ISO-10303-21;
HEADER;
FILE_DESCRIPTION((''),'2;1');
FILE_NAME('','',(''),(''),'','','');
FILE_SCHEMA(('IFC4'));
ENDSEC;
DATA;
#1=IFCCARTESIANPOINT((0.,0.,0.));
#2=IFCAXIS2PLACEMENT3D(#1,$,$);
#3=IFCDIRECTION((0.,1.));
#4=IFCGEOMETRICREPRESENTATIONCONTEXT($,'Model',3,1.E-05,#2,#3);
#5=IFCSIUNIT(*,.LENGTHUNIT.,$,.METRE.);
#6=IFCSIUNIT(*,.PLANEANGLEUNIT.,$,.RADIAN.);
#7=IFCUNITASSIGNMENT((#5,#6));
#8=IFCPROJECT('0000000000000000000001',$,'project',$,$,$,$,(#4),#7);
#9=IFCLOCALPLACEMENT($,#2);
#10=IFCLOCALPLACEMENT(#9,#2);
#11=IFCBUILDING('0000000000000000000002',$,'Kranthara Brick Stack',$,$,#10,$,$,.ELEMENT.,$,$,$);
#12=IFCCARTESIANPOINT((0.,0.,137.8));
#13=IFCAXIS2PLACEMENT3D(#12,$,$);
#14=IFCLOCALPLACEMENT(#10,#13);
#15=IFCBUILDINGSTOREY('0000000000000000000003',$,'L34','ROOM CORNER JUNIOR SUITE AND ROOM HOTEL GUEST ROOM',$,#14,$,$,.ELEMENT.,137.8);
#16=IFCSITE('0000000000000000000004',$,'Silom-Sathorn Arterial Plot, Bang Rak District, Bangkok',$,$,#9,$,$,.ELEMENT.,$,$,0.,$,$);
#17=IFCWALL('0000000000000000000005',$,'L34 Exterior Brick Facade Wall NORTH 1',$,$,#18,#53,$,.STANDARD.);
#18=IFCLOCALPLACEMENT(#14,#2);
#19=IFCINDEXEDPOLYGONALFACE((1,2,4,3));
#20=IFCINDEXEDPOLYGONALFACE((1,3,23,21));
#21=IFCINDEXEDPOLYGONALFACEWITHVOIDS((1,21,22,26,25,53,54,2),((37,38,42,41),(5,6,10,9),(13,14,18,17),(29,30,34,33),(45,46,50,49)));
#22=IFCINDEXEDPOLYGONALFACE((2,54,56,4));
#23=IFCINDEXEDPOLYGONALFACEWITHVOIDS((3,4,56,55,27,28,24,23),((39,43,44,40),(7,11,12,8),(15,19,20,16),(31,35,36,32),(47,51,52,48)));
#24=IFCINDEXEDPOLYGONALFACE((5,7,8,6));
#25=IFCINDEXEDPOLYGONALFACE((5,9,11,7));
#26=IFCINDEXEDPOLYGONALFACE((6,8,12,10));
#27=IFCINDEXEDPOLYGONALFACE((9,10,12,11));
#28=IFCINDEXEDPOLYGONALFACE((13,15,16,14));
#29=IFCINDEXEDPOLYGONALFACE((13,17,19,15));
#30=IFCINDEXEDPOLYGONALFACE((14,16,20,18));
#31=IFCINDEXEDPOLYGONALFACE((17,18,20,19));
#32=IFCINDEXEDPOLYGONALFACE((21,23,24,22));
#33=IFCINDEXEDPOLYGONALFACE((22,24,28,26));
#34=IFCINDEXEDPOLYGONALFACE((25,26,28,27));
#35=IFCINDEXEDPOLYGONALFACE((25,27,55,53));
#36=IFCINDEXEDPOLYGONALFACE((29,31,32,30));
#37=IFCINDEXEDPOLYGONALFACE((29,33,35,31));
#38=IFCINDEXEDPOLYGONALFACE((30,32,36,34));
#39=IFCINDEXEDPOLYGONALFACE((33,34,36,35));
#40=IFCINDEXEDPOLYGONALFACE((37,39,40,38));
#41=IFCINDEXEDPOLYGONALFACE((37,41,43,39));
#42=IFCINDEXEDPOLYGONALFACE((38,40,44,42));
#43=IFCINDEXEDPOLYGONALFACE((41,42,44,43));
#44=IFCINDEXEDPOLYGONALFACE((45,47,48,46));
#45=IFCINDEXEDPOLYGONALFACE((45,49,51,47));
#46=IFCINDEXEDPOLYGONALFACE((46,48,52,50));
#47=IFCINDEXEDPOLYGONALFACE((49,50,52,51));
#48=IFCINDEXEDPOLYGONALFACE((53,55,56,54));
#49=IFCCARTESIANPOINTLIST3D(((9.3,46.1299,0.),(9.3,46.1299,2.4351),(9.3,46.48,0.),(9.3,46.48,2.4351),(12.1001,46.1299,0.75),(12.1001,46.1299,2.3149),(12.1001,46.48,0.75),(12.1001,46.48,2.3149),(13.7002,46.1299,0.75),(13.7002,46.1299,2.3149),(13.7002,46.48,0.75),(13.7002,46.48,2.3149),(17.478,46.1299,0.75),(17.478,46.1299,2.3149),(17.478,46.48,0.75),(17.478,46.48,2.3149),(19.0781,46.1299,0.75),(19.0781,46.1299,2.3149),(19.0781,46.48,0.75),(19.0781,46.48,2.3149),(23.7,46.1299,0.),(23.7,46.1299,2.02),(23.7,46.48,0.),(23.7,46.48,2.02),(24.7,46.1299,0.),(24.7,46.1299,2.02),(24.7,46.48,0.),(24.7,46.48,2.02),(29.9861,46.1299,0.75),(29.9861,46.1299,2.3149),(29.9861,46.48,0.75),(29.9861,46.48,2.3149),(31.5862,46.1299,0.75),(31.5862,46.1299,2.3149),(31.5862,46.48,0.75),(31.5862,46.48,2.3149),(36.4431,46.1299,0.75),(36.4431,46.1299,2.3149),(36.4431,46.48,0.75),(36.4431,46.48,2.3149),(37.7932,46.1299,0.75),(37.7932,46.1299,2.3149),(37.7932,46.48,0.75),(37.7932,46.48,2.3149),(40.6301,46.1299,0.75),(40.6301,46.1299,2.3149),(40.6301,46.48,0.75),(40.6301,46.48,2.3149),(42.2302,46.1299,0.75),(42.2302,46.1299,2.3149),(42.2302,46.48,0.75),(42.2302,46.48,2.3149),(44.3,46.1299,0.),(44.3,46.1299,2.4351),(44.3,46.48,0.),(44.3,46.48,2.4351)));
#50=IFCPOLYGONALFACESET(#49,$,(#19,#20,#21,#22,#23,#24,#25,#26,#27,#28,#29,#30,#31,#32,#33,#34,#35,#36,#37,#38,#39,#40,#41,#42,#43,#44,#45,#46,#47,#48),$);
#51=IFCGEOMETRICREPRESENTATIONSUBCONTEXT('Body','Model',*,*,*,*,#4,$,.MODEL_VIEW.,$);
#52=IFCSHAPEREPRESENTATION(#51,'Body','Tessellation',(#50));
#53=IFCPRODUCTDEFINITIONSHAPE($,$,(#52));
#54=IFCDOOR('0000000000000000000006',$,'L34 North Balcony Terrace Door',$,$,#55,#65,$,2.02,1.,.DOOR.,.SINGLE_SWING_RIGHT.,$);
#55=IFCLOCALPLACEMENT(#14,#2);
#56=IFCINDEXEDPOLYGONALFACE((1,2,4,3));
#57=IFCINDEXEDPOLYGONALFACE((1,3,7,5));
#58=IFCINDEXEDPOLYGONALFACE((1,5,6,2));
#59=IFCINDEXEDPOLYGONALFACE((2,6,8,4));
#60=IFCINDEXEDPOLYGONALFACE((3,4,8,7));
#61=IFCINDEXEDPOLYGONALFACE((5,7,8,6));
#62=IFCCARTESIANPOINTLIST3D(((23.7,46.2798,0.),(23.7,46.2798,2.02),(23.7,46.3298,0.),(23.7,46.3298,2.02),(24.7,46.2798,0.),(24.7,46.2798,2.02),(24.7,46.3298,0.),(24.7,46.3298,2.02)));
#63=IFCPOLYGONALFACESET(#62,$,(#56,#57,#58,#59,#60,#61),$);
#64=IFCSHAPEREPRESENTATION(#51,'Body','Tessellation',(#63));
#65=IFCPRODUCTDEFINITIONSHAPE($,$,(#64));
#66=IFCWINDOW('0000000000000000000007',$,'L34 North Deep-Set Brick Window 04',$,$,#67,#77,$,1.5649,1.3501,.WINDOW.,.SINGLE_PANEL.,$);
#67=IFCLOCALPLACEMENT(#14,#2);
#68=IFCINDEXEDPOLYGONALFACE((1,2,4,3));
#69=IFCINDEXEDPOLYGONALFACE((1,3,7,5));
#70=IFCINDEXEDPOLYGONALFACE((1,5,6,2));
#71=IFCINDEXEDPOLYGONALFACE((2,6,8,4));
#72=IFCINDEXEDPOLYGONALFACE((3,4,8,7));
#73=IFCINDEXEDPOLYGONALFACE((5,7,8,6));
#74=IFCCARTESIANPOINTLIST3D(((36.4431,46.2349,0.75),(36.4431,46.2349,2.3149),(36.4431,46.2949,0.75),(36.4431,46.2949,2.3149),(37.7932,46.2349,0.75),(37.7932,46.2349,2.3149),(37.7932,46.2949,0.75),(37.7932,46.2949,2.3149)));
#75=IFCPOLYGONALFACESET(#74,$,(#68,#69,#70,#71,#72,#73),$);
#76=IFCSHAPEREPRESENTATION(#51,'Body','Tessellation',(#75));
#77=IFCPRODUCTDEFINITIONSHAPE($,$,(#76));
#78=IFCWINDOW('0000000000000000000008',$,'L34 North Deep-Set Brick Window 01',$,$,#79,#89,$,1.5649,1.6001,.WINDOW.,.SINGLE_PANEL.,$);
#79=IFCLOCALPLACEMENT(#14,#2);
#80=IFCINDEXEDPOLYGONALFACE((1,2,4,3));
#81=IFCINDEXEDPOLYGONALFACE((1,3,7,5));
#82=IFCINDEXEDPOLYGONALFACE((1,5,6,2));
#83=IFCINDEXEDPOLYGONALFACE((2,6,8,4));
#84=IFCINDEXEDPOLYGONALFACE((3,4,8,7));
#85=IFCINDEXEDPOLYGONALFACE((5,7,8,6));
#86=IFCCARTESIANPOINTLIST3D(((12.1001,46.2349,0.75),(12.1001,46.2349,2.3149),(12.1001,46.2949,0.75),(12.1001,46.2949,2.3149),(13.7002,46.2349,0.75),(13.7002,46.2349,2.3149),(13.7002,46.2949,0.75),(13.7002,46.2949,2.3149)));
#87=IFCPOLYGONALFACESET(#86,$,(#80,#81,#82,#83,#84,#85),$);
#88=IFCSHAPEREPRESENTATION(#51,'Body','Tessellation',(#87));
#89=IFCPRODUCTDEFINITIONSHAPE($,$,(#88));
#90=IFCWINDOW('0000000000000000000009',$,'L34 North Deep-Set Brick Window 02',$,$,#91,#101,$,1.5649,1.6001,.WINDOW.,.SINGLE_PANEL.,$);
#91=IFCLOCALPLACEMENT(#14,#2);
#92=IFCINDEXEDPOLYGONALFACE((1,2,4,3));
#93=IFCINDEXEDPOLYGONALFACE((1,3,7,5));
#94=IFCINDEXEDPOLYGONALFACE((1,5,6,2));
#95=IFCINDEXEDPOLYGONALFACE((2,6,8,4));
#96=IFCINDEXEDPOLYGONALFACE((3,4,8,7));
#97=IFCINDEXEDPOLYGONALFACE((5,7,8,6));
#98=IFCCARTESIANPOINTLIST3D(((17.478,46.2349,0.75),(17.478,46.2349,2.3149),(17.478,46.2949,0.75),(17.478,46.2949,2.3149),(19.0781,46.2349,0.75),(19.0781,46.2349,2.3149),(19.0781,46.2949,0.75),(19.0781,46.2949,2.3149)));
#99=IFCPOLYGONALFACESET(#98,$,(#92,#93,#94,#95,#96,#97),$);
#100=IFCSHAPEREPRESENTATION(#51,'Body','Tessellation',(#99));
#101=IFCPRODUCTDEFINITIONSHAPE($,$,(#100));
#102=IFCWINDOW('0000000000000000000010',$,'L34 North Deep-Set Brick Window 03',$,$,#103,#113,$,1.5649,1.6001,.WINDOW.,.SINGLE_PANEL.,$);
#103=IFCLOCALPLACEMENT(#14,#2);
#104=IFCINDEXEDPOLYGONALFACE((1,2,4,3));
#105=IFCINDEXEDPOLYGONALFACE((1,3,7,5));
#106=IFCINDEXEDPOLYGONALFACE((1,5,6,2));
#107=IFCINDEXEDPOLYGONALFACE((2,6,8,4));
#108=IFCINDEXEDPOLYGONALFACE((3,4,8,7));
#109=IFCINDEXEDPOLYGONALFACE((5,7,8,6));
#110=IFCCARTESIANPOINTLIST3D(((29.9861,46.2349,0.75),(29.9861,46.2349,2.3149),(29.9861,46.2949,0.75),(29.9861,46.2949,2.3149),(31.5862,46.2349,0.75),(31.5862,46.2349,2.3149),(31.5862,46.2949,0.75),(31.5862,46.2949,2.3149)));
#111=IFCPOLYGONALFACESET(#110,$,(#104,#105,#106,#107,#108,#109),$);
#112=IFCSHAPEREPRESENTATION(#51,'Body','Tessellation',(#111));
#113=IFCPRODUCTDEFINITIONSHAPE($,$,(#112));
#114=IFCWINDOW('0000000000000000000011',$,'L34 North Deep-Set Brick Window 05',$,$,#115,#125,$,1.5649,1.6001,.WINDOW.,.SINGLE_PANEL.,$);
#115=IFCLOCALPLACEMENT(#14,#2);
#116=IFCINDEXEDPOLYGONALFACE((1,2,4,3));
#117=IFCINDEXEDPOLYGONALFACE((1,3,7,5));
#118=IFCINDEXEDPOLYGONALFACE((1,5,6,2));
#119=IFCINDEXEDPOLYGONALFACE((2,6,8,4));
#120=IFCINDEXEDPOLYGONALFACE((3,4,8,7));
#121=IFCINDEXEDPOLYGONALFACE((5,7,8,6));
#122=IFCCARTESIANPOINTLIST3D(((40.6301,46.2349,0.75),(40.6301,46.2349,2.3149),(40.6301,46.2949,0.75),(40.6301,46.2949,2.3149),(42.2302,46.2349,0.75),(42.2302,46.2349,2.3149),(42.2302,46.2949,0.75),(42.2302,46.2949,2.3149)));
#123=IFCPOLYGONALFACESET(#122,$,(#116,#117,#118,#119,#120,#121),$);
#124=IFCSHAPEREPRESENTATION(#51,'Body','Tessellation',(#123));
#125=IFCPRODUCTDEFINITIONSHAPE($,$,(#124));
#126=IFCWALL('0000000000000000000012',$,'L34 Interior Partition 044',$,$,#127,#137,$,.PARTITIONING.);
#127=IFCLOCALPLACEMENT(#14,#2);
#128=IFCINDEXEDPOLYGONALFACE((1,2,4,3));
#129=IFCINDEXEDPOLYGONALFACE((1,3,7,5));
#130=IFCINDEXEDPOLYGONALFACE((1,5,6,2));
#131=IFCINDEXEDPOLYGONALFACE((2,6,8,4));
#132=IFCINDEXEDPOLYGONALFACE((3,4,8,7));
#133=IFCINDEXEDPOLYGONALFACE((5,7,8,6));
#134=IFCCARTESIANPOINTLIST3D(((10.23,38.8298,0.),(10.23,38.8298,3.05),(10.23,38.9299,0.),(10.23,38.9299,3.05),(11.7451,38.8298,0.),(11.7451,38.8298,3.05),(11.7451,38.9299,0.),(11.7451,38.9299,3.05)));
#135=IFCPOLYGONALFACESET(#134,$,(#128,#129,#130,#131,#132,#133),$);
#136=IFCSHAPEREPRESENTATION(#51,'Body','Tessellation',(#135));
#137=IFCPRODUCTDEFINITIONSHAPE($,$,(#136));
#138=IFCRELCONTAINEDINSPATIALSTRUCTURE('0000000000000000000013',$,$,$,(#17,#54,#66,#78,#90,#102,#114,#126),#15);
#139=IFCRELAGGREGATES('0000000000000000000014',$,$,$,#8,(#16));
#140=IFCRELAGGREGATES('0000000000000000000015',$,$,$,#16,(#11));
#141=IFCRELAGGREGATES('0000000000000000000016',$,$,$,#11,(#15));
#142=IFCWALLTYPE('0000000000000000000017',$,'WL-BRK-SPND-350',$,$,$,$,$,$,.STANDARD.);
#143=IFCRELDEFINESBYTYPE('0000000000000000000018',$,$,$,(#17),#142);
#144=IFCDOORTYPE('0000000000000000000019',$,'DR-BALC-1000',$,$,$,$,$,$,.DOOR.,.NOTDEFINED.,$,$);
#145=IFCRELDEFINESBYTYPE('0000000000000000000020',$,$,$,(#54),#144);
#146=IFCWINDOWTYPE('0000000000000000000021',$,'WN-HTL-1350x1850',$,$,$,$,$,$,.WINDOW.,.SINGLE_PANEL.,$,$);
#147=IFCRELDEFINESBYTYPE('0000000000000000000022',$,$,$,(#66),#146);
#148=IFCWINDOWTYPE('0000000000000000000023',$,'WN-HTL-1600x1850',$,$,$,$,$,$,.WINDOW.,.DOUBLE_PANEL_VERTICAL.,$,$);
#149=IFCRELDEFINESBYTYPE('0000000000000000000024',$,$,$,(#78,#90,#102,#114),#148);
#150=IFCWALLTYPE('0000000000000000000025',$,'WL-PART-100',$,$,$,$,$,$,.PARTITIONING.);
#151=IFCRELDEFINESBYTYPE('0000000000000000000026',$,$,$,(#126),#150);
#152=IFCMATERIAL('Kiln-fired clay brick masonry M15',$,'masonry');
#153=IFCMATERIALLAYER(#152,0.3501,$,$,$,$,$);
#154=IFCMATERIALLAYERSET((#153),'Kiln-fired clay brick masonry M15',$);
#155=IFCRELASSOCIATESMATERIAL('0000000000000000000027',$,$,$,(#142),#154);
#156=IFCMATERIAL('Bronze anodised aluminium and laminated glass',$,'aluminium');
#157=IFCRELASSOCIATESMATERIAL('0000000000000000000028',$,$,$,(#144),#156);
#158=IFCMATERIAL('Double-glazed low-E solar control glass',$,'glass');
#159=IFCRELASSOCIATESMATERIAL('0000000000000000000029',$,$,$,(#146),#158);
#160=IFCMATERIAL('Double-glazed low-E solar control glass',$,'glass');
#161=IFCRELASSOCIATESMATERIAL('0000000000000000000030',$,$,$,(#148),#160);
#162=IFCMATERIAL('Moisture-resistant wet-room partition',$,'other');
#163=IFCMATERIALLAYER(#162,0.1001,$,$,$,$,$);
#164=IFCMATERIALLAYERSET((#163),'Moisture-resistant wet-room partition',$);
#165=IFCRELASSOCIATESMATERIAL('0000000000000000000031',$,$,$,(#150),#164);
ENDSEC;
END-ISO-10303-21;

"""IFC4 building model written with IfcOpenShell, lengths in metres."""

from ifc_helpers import new_model, si_unit, direction, frame, frame_2d, origin, place, context, subcontext, project, spatial, rectangle, extrude, material, layer, layer_set, type_object, element, fill, save


model = new_model("IFC4")

# Units and contexts
model_context = context("Model", 3, precision=1e-05, world=origin(), true_north=direction((0.0, 1.0)))
body_context = subcontext(model_context, "Body", "Model", "MODEL_VIEW")
ifc_project = project(units=[si_unit("LENGTHUNIT", "METRE"), si_unit("PLANEANGLEUNIT", "RADIAN")], contexts=[model_context])

# Site, building, storey
site_placement = place(None, origin())
site = spatial("IfcSite", under=ifc_project, at=site_placement, Name="Silom-Sathorn Arterial Plot, Bang Rak District, Bangkok", CompositionType="ELEMENT", RefElevation=0.0)
building_placement = place(site_placement, origin())
building = spatial("IfcBuilding", under=site, at=building_placement, Name="Kranthara Brick Stack", CompositionType="ELEMENT")
storey_placement = place(building_placement, frame((0.0, 0.0, 137.8)))
storey = spatial("IfcBuildingStorey", under=building, at=storey_placement, Name="L34", Description="ROOM CORNER JUNIOR SUITE AND ROOM HOTEL GUEST ROOM", CompositionType="ELEMENT", Elevation=137.8)

# Shared definitions
ifc_material_1 = material(Name="Kiln-fired clay brick masonry M15", Category="masonry")
ifc_layer_1 = layer(ifc_material_1, 0.3501)
ifc_layer_set_1 = layer_set([ifc_layer_1], Name="Kiln-fired clay brick masonry M15")
wall_type_1 = type_object("IfcWallType", Name="WL-BRK-SPND-350", PredefinedType="STANDARD", material=ifc_layer_set_1)

# Wall, openings, door, windows
wall_1_placement = place(storey_placement, frame((9.3, 46.3049, 0.0), z_axis=(0.0, 0.0, 1.0), x_axis=(1.0, 0.0, 0.0)))
wall_1 = element("IfcWall", 1, at=wall_1_placement, inside=storey, type_object=wall_type_1, Name="L34 Exterior Brick Facade Wall NORTH 1", PredefinedType="STANDARD", context=body_context, shape_type="SweptSolid", body=[
    extrude(rectangle(XDim=35.0, YDim=0.3501, at=frame_2d((17.5, 0.0))), origin(), (0.0, 0.0, 1.0), 2.4351),
])
opening_1_placement = place(wall_1_placement, frame((14.3999, 0.0, 0.0)))
opening_1 = element("IfcOpeningElement", 2, at=opening_1_placement, cuts=wall_1, PredefinedType="OPENING", context=body_context, shape_type="SweptSolid", body=[
    extrude(rectangle(XDim=1.0, YDim=2.02, at=frame_2d((0.5, 1.01))), frame((0.0, 0.1851, 0.0), z_axis=(0.0, -1.0, 0.0), x_axis=(1.0, 0.0, 0.0)), (0.0, 0.0, 1.0), 0.3701),
])
opening_2_placement = place(wall_1_placement, frame((2.8, 0.0, 0.75)))
opening_2 = element("IfcOpeningElement", 3, at=opening_2_placement, cuts=wall_1, PredefinedType="OPENING", context=body_context, shape_type="SweptSolid", body=[
    extrude(rectangle(XDim=1.6001, YDim=1.5649, at=frame_2d((0.8, 0.7825))), frame((0.0, 0.1851, 0.0), z_axis=(0.0, -1.0, 0.0), x_axis=(1.0, 0.0, 0.0)), (0.0, 0.0, 1.0), 0.3701),
])
opening_3_placement = place(wall_1_placement, frame((8.178, 0.0, 0.75)))
opening_3 = element("IfcOpeningElement", 4, at=opening_3_placement, cuts=wall_1, PredefinedType="OPENING", context=body_context, shape_type="SweptSolid", body=[
    extrude(rectangle(XDim=1.6001, YDim=1.5649, at=frame_2d((0.8, 0.7825))), frame((0.0, 0.1851, 0.0), z_axis=(0.0, -1.0, 0.0), x_axis=(1.0, 0.0, 0.0)), (0.0, 0.0, 1.0), 0.3701),
])
opening_4_placement = place(wall_1_placement, frame((20.686, 0.0, 0.75)))
opening_4 = element("IfcOpeningElement", 5, at=opening_4_placement, cuts=wall_1, PredefinedType="OPENING", context=body_context, shape_type="SweptSolid", body=[
    extrude(rectangle(XDim=1.6001, YDim=1.5649, at=frame_2d((0.8, 0.7825))), frame((0.0, 0.1851, 0.0), z_axis=(0.0, -1.0, 0.0), x_axis=(1.0, 0.0, 0.0)), (0.0, 0.0, 1.0), 0.3701),
])
opening_5_placement = place(wall_1_placement, frame((27.1431, 0.0, 0.75)))
opening_5 = element("IfcOpeningElement", 6, at=opening_5_placement, cuts=wall_1, PredefinedType="OPENING", context=body_context, shape_type="SweptSolid", body=[
    extrude(rectangle(XDim=1.3501, YDim=1.5649, at=frame_2d((0.675, 0.7825))), frame((0.0, 0.1851, 0.0), z_axis=(0.0, -1.0, 0.0), x_axis=(1.0, 0.0, 0.0)), (0.0, 0.0, 1.0), 0.3701),
])
opening_6_placement = place(wall_1_placement, frame((31.3301, 0.0, 0.75)))
opening_6 = element("IfcOpeningElement", 7, at=opening_6_placement, cuts=wall_1, PredefinedType="OPENING", context=body_context, shape_type="SweptSolid", body=[
    extrude(rectangle(XDim=1.6001, YDim=1.5649, at=frame_2d((0.8, 0.7825))), frame((0.0, 0.1851, 0.0), z_axis=(0.0, -1.0, 0.0), x_axis=(1.0, 0.0, 0.0)), (0.0, 0.0, 1.0), 0.3701),
])
ifc_material_2 = material(Name="Bronze anodised aluminium and laminated glass", Category="aluminium")
door_type_1 = type_object("IfcDoorType", Name="DR-BALC-1000", OperationType="NOTDEFINED", PredefinedType="DOOR", material=ifc_material_2)
door_1_placement = place(opening_1_placement, origin())
door_1 = element("IfcDoor", 8, at=door_1_placement, inside=storey, type_object=door_type_1, Name="L34 North Balcony Terrace Door", OperationType="SINGLE_SWING_RIGHT", OverallHeight=2.02, OverallWidth=1.0, PredefinedType="DOOR", context=body_context, shape_type="SweptSolid", body=[
    extrude(rectangle(XDim=1.0, YDim=2.02, at=frame_2d((0.5, 1.01))), frame((0.0, 0.0249, 0.0), z_axis=(0.0, -1.0, 0.0), x_axis=(1.0, 0.0, 0.0)), (0.0, 0.0, 1.0), 0.05),
])
fill(opening_1, door_1)
ifc_material_3 = material(Name="Double-glazed low-E solar control glass", Category="glass")
window_type_1 = type_object("IfcWindowType", Name="WN-HTL-1350x1850", PartitioningType="SINGLE_PANEL", PredefinedType="WINDOW", material=ifc_material_3)
window_1_placement = place(opening_5_placement, origin())
window_1 = element("IfcWindow", 9, at=window_1_placement, inside=storey, type_object=window_type_1, Name="L34 North Deep-Set Brick Window 04", OverallHeight=1.5649, OverallWidth=1.3501, PartitioningType="SINGLE_PANEL", PredefinedType="WINDOW", context=body_context, shape_type="SweptSolid", body=[
    extrude(rectangle(XDim=1.3501, YDim=1.5649, at=frame_2d((0.675, 0.7825))), frame((0.0, -0.01, 0.0), z_axis=(0.0, -1.0, 0.0), x_axis=(1.0, 0.0, 0.0)), (0.0, 0.0, 1.0), 0.0601),
])
fill(opening_5, window_1)
ifc_material_4 = material(Name="Double-glazed low-E solar control glass", Category="glass")
window_type_2 = type_object("IfcWindowType", Name="WN-HTL-1600x1850", PartitioningType="DOUBLE_PANEL_VERTICAL", PredefinedType="WINDOW", material=ifc_material_4)
window_2_placement = place(opening_2_placement, origin())
window_2 = element("IfcWindow", 10, at=window_2_placement, inside=storey, type_object=window_type_2, Name="L34 North Deep-Set Brick Window 01", OverallHeight=1.5649, OverallWidth=1.6001, PartitioningType="SINGLE_PANEL", PredefinedType="WINDOW", context=body_context, shape_type="SweptSolid", body=[
    extrude(rectangle(XDim=1.6001, YDim=1.5649, at=frame_2d((0.8, 0.7825))), frame((0.0, -0.01, 0.0), z_axis=(0.0, -1.0, 0.0), x_axis=(1.0, 0.0, 0.0)), (0.0, 0.0, 1.0), 0.0601),
])
fill(opening_2, window_2)
window_3_placement = place(opening_3_placement, origin())
window_3 = element("IfcWindow", 11, at=window_3_placement, inside=storey, type_object=window_type_2, Name="L34 North Deep-Set Brick Window 02", OverallHeight=1.5649, OverallWidth=1.6001, PartitioningType="SINGLE_PANEL", PredefinedType="WINDOW", context=body_context, shape_type="SweptSolid", body=[
    extrude(rectangle(XDim=1.6001, YDim=1.5649, at=frame_2d((0.8, 0.7825))), frame((0.0, -0.01, 0.0), z_axis=(0.0, -1.0, 0.0), x_axis=(1.0, 0.0, 0.0)), (0.0, 0.0, 1.0), 0.0601),
])
fill(opening_3, window_3)
window_4_placement = place(opening_4_placement, origin())
window_4 = element("IfcWindow", 12, at=window_4_placement, inside=storey, type_object=window_type_2, Name="L34 North Deep-Set Brick Window 03", OverallHeight=1.5649, OverallWidth=1.6001, PartitioningType="SINGLE_PANEL", PredefinedType="WINDOW", context=body_context, shape_type="SweptSolid", body=[
    extrude(rectangle(XDim=1.6001, YDim=1.5649, at=frame_2d((0.8, 0.7825))), frame((0.0, -0.01, 0.0), z_axis=(0.0, -1.0, 0.0), x_axis=(1.0, 0.0, 0.0)), (0.0, 0.0, 1.0), 0.0601),
])
fill(opening_4, window_4)
window_5_placement = place(opening_6_placement, origin())
window_5 = element("IfcWindow", 13, at=window_5_placement, inside=storey, type_object=window_type_2, Name="L34 North Deep-Set Brick Window 05", OverallHeight=1.5649, OverallWidth=1.6001, PartitioningType="SINGLE_PANEL", PredefinedType="WINDOW", context=body_context, shape_type="SweptSolid", body=[
    extrude(rectangle(XDim=1.6001, YDim=1.5649, at=frame_2d((0.8, 0.7825))), frame((0.0, -0.01, 0.0), z_axis=(0.0, -1.0, 0.0), x_axis=(1.0, 0.0, 0.0)), (0.0, 0.0, 1.0), 0.0601),
])
fill(opening_6, window_5)

# Wall
ifc_material_5 = material(Name="Moisture-resistant wet-room partition", Category="other")
ifc_layer_2 = layer(ifc_material_5, 0.1001)
ifc_layer_set_2 = layer_set([ifc_layer_2], Name="Moisture-resistant wet-room partition")
wall_type_2 = type_object("IfcWallType", Name="WL-PART-100", PredefinedType="PARTITIONING", material=ifc_layer_set_2)
wall_2_placement = place(storey_placement, frame((10.23, 38.8799, 0.0), z_axis=(0.0, 0.0, 1.0), x_axis=(1.0, 0.0, 0.0)))
element("IfcWall", 14, at=wall_2_placement, inside=storey, type_object=wall_type_2, Name="L34 Interior Partition 044", PredefinedType="PARTITIONING", context=body_context, shape_type="SweptSolid", body=[
    extrude(rectangle(XDim=1.5151, YDim=0.1001, at=frame_2d((0.7576, 0.0))), origin(), (0.0, 0.0, 1.0), 3.05),
])

save(model, "model.ifc")
